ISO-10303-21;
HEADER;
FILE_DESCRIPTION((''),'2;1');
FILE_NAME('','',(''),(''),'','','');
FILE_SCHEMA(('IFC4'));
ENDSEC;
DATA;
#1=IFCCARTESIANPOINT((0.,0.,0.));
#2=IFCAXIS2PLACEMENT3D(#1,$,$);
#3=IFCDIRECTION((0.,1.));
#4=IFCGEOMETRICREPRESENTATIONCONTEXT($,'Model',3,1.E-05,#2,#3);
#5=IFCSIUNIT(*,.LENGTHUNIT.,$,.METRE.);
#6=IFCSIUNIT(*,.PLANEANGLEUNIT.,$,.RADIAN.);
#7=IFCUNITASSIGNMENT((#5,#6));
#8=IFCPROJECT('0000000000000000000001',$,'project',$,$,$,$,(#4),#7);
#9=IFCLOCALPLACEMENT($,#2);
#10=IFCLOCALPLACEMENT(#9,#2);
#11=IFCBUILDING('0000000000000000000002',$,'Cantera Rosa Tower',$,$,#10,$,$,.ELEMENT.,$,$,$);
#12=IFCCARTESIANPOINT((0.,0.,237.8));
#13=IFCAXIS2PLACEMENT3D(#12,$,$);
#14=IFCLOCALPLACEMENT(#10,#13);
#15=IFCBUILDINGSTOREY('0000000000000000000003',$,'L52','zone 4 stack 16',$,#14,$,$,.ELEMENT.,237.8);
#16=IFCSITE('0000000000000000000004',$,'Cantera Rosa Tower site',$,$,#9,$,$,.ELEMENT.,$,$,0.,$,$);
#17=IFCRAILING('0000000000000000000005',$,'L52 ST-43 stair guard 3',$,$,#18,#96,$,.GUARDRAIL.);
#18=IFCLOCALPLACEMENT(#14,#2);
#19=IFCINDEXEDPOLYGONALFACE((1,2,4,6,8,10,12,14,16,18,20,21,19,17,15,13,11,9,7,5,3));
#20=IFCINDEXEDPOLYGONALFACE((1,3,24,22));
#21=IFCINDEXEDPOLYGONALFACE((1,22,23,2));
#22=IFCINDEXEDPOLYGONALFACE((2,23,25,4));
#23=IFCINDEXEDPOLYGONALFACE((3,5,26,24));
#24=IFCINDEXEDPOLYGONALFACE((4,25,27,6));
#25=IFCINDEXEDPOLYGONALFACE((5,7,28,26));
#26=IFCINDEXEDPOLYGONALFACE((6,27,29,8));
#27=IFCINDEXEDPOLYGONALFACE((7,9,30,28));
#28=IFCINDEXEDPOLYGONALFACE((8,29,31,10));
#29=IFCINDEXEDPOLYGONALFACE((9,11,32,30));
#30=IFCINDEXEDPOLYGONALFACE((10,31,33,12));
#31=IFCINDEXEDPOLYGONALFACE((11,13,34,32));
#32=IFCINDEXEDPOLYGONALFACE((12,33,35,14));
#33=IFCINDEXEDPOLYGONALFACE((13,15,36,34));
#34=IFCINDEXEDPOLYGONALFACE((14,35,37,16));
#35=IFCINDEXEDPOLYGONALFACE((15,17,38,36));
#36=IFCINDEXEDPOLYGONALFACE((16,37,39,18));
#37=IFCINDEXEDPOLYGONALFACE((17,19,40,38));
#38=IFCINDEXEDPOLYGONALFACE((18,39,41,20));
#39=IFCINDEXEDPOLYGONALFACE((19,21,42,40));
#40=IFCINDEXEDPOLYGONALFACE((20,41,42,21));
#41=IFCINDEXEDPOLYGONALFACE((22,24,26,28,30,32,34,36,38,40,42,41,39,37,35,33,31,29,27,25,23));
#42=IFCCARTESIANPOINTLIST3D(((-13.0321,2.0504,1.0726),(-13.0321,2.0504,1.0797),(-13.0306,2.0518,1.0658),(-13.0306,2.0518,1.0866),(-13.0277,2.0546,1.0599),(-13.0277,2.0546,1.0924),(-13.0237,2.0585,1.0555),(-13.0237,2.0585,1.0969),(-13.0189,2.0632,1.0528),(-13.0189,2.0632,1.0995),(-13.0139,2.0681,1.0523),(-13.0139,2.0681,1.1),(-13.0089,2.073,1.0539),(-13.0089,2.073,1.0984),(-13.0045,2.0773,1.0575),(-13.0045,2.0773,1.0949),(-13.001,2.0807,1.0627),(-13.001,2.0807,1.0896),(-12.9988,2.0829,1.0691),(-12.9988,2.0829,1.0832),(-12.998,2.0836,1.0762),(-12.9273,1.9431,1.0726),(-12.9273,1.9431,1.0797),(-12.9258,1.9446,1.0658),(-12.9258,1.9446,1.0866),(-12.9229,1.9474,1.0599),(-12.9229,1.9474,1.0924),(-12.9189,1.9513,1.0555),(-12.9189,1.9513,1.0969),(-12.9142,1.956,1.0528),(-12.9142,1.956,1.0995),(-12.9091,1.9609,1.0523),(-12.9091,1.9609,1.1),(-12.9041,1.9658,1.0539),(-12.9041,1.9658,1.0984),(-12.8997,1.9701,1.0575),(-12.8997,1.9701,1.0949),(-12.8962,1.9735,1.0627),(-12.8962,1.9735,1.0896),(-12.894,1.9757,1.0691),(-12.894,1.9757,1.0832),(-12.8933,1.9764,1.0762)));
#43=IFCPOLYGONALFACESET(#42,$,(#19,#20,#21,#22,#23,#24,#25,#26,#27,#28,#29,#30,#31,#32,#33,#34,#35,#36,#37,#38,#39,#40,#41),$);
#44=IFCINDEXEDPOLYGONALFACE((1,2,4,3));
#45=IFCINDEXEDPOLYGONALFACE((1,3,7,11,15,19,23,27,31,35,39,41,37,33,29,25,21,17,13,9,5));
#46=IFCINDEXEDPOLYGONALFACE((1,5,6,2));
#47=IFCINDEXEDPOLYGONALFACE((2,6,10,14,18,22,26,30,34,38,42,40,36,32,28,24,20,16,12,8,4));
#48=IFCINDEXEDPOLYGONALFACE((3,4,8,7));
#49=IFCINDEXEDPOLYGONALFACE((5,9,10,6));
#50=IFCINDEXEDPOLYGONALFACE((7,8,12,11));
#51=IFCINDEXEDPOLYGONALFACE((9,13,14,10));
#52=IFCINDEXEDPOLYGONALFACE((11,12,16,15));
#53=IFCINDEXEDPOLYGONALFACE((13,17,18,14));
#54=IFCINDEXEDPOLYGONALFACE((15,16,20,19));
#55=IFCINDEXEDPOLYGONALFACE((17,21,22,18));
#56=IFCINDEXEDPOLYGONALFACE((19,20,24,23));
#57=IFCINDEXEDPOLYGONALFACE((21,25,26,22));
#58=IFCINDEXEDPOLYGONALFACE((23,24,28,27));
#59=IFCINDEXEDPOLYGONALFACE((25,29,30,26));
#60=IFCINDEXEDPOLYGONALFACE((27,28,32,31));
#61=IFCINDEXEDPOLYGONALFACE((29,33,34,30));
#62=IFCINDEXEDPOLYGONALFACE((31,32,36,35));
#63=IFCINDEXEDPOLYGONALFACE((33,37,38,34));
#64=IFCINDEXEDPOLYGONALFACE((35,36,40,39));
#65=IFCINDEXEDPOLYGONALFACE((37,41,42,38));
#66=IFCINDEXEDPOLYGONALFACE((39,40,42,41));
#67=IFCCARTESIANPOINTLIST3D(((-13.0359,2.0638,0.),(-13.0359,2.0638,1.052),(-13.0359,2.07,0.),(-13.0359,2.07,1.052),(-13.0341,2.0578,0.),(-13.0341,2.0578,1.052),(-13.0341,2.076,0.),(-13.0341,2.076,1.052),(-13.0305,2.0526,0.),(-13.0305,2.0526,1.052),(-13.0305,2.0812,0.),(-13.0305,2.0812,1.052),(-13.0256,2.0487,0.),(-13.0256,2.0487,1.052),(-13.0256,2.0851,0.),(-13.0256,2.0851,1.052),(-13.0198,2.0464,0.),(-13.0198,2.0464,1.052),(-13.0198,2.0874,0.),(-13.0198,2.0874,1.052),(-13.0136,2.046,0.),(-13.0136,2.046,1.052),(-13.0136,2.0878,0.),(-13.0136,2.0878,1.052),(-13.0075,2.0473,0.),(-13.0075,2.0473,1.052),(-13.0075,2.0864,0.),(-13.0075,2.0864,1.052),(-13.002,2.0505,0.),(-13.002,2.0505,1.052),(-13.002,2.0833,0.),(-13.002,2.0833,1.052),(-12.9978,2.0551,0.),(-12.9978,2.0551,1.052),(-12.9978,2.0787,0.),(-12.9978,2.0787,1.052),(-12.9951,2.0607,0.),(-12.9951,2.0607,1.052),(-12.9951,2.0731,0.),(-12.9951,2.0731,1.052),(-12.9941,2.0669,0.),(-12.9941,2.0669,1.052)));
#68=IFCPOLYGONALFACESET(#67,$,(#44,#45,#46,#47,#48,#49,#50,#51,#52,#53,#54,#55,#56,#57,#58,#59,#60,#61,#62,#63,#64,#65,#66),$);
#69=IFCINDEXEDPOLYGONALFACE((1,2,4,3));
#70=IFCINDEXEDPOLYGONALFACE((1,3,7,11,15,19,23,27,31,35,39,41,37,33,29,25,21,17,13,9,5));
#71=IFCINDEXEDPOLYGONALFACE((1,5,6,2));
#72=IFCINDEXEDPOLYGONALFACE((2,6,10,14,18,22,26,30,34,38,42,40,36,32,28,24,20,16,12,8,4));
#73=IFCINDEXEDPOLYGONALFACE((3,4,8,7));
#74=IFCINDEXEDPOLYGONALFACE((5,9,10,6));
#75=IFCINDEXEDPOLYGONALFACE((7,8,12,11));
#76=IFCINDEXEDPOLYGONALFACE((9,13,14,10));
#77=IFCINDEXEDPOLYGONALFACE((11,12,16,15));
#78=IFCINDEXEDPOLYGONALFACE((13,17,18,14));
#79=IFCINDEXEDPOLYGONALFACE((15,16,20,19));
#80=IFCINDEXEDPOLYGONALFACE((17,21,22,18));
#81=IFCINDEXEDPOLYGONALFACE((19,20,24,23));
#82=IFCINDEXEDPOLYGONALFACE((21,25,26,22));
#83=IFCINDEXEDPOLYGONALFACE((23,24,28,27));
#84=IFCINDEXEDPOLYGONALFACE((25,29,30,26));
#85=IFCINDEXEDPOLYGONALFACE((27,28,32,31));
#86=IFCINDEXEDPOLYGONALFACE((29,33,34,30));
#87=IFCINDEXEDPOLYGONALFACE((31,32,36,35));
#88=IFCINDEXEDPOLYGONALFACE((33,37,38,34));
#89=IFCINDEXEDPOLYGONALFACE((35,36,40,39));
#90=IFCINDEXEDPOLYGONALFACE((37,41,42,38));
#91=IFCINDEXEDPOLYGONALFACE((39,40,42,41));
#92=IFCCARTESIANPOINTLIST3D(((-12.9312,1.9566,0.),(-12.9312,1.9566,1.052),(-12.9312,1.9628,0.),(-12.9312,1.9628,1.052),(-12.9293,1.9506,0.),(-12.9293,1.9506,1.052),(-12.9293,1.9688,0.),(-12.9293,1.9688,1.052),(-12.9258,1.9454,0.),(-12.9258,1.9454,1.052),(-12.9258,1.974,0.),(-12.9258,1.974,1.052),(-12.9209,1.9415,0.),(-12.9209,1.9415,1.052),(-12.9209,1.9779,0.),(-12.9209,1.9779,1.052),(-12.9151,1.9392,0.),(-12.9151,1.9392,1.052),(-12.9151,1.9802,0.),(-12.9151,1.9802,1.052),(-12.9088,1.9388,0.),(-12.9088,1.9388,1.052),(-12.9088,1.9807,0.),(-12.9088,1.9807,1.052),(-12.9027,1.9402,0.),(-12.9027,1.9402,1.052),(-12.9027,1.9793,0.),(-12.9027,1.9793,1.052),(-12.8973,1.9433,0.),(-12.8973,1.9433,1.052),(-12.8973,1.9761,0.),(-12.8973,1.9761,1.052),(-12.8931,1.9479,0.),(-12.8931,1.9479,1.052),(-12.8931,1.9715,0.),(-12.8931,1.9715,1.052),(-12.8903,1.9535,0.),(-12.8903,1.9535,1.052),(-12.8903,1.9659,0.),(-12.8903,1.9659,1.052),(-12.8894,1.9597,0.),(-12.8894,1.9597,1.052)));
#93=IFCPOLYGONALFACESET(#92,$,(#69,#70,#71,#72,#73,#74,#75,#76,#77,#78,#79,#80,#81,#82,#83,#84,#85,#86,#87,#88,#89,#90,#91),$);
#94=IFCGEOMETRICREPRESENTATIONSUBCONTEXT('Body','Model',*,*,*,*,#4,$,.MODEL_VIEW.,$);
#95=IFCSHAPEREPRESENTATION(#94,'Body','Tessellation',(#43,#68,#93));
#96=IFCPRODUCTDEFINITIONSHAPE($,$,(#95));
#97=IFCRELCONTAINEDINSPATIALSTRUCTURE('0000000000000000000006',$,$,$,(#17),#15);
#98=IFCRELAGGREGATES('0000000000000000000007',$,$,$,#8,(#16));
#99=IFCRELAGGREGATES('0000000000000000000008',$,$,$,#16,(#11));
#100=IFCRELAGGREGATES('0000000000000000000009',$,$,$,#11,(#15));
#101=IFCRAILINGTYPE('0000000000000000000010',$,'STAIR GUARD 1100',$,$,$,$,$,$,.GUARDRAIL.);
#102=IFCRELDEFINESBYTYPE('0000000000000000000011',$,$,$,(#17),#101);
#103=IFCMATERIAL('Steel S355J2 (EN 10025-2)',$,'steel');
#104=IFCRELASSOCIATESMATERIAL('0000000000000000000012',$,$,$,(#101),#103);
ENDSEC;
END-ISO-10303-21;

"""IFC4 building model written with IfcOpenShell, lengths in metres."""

from ifc_helpers import new_model, si_unit, direction, frame, origin, origin_2d, place, context, subcontext, project, spatial, circle, extrude, material, type_object, element, save


model = new_model("IFC4")

# Units and contexts
model_context = context("Model", 3, precision=1e-05, world=origin(), true_north=direction((0.0, 1.0)))
body_context = subcontext(model_context, "Body", "Model", "MODEL_VIEW")
ifc_project = project(units=[si_unit("LENGTHUNIT", "METRE"), si_unit("PLANEANGLEUNIT", "RADIAN")], contexts=[model_context])

# Site, building, storey
site_placement = place(None, origin())
site = spatial("IfcSite", under=ifc_project, at=site_placement, Name="Cantera Rosa Tower site", CompositionType="ELEMENT", RefElevation=0.0)
building_placement = place(site_placement, origin())
building = spatial("IfcBuilding", under=site, at=building_placement, Name="Cantera Rosa Tower", CompositionType="ELEMENT")
storey_placement = place(building_placement, frame((0.0, 0.0, 237.8)))
storey = spatial("IfcBuildingStorey", under=building, at=storey_placement, Name="L52", Description="zone 4 stack 16", CompositionType="ELEMENT", Elevation=237.8)

# Railing
ifc_material_1 = material(Name="Steel S355J2 (EN 10025-2)", Category="steel")
railing_type_1 = type_object("IfcRailingType", Name="STAIR GUARD 1100", PredefinedType="GUARDRAIL", material=ifc_material_1)
railing_1_placement = place(storey_placement, frame((-13.0151, 2.0669, 0.0)))
element("IfcRailing", 1, at=railing_1_placement, inside=storey, type_object=railing_type_1, Name="L52 ST-43 stair guard 3", PredefinedType="GUARDRAIL", context=body_context, shape_type="SweptSolid", body=[
    extrude(circle(Radius=0.0239, at=origin_2d()), frame((0.0, 0.0, 1.0762), z_axis=(0.698914, -0.715206, 0.0), x_axis=(0.715206, 0.698914, 0.0)), (0.0, 0.0, 1.0), 0.1499),
    extrude(circle(Radius=0.021, at=origin_2d()), origin(), (0.0, 0.0, 1.0), 1.052),
    extrude(circle(Radius=0.021, at=origin_2d()), frame((0.1047, -0.1072, 0.0)), (0.0, 0.0, 1.0), 1.052),
])

save(model, "model.ifc")
